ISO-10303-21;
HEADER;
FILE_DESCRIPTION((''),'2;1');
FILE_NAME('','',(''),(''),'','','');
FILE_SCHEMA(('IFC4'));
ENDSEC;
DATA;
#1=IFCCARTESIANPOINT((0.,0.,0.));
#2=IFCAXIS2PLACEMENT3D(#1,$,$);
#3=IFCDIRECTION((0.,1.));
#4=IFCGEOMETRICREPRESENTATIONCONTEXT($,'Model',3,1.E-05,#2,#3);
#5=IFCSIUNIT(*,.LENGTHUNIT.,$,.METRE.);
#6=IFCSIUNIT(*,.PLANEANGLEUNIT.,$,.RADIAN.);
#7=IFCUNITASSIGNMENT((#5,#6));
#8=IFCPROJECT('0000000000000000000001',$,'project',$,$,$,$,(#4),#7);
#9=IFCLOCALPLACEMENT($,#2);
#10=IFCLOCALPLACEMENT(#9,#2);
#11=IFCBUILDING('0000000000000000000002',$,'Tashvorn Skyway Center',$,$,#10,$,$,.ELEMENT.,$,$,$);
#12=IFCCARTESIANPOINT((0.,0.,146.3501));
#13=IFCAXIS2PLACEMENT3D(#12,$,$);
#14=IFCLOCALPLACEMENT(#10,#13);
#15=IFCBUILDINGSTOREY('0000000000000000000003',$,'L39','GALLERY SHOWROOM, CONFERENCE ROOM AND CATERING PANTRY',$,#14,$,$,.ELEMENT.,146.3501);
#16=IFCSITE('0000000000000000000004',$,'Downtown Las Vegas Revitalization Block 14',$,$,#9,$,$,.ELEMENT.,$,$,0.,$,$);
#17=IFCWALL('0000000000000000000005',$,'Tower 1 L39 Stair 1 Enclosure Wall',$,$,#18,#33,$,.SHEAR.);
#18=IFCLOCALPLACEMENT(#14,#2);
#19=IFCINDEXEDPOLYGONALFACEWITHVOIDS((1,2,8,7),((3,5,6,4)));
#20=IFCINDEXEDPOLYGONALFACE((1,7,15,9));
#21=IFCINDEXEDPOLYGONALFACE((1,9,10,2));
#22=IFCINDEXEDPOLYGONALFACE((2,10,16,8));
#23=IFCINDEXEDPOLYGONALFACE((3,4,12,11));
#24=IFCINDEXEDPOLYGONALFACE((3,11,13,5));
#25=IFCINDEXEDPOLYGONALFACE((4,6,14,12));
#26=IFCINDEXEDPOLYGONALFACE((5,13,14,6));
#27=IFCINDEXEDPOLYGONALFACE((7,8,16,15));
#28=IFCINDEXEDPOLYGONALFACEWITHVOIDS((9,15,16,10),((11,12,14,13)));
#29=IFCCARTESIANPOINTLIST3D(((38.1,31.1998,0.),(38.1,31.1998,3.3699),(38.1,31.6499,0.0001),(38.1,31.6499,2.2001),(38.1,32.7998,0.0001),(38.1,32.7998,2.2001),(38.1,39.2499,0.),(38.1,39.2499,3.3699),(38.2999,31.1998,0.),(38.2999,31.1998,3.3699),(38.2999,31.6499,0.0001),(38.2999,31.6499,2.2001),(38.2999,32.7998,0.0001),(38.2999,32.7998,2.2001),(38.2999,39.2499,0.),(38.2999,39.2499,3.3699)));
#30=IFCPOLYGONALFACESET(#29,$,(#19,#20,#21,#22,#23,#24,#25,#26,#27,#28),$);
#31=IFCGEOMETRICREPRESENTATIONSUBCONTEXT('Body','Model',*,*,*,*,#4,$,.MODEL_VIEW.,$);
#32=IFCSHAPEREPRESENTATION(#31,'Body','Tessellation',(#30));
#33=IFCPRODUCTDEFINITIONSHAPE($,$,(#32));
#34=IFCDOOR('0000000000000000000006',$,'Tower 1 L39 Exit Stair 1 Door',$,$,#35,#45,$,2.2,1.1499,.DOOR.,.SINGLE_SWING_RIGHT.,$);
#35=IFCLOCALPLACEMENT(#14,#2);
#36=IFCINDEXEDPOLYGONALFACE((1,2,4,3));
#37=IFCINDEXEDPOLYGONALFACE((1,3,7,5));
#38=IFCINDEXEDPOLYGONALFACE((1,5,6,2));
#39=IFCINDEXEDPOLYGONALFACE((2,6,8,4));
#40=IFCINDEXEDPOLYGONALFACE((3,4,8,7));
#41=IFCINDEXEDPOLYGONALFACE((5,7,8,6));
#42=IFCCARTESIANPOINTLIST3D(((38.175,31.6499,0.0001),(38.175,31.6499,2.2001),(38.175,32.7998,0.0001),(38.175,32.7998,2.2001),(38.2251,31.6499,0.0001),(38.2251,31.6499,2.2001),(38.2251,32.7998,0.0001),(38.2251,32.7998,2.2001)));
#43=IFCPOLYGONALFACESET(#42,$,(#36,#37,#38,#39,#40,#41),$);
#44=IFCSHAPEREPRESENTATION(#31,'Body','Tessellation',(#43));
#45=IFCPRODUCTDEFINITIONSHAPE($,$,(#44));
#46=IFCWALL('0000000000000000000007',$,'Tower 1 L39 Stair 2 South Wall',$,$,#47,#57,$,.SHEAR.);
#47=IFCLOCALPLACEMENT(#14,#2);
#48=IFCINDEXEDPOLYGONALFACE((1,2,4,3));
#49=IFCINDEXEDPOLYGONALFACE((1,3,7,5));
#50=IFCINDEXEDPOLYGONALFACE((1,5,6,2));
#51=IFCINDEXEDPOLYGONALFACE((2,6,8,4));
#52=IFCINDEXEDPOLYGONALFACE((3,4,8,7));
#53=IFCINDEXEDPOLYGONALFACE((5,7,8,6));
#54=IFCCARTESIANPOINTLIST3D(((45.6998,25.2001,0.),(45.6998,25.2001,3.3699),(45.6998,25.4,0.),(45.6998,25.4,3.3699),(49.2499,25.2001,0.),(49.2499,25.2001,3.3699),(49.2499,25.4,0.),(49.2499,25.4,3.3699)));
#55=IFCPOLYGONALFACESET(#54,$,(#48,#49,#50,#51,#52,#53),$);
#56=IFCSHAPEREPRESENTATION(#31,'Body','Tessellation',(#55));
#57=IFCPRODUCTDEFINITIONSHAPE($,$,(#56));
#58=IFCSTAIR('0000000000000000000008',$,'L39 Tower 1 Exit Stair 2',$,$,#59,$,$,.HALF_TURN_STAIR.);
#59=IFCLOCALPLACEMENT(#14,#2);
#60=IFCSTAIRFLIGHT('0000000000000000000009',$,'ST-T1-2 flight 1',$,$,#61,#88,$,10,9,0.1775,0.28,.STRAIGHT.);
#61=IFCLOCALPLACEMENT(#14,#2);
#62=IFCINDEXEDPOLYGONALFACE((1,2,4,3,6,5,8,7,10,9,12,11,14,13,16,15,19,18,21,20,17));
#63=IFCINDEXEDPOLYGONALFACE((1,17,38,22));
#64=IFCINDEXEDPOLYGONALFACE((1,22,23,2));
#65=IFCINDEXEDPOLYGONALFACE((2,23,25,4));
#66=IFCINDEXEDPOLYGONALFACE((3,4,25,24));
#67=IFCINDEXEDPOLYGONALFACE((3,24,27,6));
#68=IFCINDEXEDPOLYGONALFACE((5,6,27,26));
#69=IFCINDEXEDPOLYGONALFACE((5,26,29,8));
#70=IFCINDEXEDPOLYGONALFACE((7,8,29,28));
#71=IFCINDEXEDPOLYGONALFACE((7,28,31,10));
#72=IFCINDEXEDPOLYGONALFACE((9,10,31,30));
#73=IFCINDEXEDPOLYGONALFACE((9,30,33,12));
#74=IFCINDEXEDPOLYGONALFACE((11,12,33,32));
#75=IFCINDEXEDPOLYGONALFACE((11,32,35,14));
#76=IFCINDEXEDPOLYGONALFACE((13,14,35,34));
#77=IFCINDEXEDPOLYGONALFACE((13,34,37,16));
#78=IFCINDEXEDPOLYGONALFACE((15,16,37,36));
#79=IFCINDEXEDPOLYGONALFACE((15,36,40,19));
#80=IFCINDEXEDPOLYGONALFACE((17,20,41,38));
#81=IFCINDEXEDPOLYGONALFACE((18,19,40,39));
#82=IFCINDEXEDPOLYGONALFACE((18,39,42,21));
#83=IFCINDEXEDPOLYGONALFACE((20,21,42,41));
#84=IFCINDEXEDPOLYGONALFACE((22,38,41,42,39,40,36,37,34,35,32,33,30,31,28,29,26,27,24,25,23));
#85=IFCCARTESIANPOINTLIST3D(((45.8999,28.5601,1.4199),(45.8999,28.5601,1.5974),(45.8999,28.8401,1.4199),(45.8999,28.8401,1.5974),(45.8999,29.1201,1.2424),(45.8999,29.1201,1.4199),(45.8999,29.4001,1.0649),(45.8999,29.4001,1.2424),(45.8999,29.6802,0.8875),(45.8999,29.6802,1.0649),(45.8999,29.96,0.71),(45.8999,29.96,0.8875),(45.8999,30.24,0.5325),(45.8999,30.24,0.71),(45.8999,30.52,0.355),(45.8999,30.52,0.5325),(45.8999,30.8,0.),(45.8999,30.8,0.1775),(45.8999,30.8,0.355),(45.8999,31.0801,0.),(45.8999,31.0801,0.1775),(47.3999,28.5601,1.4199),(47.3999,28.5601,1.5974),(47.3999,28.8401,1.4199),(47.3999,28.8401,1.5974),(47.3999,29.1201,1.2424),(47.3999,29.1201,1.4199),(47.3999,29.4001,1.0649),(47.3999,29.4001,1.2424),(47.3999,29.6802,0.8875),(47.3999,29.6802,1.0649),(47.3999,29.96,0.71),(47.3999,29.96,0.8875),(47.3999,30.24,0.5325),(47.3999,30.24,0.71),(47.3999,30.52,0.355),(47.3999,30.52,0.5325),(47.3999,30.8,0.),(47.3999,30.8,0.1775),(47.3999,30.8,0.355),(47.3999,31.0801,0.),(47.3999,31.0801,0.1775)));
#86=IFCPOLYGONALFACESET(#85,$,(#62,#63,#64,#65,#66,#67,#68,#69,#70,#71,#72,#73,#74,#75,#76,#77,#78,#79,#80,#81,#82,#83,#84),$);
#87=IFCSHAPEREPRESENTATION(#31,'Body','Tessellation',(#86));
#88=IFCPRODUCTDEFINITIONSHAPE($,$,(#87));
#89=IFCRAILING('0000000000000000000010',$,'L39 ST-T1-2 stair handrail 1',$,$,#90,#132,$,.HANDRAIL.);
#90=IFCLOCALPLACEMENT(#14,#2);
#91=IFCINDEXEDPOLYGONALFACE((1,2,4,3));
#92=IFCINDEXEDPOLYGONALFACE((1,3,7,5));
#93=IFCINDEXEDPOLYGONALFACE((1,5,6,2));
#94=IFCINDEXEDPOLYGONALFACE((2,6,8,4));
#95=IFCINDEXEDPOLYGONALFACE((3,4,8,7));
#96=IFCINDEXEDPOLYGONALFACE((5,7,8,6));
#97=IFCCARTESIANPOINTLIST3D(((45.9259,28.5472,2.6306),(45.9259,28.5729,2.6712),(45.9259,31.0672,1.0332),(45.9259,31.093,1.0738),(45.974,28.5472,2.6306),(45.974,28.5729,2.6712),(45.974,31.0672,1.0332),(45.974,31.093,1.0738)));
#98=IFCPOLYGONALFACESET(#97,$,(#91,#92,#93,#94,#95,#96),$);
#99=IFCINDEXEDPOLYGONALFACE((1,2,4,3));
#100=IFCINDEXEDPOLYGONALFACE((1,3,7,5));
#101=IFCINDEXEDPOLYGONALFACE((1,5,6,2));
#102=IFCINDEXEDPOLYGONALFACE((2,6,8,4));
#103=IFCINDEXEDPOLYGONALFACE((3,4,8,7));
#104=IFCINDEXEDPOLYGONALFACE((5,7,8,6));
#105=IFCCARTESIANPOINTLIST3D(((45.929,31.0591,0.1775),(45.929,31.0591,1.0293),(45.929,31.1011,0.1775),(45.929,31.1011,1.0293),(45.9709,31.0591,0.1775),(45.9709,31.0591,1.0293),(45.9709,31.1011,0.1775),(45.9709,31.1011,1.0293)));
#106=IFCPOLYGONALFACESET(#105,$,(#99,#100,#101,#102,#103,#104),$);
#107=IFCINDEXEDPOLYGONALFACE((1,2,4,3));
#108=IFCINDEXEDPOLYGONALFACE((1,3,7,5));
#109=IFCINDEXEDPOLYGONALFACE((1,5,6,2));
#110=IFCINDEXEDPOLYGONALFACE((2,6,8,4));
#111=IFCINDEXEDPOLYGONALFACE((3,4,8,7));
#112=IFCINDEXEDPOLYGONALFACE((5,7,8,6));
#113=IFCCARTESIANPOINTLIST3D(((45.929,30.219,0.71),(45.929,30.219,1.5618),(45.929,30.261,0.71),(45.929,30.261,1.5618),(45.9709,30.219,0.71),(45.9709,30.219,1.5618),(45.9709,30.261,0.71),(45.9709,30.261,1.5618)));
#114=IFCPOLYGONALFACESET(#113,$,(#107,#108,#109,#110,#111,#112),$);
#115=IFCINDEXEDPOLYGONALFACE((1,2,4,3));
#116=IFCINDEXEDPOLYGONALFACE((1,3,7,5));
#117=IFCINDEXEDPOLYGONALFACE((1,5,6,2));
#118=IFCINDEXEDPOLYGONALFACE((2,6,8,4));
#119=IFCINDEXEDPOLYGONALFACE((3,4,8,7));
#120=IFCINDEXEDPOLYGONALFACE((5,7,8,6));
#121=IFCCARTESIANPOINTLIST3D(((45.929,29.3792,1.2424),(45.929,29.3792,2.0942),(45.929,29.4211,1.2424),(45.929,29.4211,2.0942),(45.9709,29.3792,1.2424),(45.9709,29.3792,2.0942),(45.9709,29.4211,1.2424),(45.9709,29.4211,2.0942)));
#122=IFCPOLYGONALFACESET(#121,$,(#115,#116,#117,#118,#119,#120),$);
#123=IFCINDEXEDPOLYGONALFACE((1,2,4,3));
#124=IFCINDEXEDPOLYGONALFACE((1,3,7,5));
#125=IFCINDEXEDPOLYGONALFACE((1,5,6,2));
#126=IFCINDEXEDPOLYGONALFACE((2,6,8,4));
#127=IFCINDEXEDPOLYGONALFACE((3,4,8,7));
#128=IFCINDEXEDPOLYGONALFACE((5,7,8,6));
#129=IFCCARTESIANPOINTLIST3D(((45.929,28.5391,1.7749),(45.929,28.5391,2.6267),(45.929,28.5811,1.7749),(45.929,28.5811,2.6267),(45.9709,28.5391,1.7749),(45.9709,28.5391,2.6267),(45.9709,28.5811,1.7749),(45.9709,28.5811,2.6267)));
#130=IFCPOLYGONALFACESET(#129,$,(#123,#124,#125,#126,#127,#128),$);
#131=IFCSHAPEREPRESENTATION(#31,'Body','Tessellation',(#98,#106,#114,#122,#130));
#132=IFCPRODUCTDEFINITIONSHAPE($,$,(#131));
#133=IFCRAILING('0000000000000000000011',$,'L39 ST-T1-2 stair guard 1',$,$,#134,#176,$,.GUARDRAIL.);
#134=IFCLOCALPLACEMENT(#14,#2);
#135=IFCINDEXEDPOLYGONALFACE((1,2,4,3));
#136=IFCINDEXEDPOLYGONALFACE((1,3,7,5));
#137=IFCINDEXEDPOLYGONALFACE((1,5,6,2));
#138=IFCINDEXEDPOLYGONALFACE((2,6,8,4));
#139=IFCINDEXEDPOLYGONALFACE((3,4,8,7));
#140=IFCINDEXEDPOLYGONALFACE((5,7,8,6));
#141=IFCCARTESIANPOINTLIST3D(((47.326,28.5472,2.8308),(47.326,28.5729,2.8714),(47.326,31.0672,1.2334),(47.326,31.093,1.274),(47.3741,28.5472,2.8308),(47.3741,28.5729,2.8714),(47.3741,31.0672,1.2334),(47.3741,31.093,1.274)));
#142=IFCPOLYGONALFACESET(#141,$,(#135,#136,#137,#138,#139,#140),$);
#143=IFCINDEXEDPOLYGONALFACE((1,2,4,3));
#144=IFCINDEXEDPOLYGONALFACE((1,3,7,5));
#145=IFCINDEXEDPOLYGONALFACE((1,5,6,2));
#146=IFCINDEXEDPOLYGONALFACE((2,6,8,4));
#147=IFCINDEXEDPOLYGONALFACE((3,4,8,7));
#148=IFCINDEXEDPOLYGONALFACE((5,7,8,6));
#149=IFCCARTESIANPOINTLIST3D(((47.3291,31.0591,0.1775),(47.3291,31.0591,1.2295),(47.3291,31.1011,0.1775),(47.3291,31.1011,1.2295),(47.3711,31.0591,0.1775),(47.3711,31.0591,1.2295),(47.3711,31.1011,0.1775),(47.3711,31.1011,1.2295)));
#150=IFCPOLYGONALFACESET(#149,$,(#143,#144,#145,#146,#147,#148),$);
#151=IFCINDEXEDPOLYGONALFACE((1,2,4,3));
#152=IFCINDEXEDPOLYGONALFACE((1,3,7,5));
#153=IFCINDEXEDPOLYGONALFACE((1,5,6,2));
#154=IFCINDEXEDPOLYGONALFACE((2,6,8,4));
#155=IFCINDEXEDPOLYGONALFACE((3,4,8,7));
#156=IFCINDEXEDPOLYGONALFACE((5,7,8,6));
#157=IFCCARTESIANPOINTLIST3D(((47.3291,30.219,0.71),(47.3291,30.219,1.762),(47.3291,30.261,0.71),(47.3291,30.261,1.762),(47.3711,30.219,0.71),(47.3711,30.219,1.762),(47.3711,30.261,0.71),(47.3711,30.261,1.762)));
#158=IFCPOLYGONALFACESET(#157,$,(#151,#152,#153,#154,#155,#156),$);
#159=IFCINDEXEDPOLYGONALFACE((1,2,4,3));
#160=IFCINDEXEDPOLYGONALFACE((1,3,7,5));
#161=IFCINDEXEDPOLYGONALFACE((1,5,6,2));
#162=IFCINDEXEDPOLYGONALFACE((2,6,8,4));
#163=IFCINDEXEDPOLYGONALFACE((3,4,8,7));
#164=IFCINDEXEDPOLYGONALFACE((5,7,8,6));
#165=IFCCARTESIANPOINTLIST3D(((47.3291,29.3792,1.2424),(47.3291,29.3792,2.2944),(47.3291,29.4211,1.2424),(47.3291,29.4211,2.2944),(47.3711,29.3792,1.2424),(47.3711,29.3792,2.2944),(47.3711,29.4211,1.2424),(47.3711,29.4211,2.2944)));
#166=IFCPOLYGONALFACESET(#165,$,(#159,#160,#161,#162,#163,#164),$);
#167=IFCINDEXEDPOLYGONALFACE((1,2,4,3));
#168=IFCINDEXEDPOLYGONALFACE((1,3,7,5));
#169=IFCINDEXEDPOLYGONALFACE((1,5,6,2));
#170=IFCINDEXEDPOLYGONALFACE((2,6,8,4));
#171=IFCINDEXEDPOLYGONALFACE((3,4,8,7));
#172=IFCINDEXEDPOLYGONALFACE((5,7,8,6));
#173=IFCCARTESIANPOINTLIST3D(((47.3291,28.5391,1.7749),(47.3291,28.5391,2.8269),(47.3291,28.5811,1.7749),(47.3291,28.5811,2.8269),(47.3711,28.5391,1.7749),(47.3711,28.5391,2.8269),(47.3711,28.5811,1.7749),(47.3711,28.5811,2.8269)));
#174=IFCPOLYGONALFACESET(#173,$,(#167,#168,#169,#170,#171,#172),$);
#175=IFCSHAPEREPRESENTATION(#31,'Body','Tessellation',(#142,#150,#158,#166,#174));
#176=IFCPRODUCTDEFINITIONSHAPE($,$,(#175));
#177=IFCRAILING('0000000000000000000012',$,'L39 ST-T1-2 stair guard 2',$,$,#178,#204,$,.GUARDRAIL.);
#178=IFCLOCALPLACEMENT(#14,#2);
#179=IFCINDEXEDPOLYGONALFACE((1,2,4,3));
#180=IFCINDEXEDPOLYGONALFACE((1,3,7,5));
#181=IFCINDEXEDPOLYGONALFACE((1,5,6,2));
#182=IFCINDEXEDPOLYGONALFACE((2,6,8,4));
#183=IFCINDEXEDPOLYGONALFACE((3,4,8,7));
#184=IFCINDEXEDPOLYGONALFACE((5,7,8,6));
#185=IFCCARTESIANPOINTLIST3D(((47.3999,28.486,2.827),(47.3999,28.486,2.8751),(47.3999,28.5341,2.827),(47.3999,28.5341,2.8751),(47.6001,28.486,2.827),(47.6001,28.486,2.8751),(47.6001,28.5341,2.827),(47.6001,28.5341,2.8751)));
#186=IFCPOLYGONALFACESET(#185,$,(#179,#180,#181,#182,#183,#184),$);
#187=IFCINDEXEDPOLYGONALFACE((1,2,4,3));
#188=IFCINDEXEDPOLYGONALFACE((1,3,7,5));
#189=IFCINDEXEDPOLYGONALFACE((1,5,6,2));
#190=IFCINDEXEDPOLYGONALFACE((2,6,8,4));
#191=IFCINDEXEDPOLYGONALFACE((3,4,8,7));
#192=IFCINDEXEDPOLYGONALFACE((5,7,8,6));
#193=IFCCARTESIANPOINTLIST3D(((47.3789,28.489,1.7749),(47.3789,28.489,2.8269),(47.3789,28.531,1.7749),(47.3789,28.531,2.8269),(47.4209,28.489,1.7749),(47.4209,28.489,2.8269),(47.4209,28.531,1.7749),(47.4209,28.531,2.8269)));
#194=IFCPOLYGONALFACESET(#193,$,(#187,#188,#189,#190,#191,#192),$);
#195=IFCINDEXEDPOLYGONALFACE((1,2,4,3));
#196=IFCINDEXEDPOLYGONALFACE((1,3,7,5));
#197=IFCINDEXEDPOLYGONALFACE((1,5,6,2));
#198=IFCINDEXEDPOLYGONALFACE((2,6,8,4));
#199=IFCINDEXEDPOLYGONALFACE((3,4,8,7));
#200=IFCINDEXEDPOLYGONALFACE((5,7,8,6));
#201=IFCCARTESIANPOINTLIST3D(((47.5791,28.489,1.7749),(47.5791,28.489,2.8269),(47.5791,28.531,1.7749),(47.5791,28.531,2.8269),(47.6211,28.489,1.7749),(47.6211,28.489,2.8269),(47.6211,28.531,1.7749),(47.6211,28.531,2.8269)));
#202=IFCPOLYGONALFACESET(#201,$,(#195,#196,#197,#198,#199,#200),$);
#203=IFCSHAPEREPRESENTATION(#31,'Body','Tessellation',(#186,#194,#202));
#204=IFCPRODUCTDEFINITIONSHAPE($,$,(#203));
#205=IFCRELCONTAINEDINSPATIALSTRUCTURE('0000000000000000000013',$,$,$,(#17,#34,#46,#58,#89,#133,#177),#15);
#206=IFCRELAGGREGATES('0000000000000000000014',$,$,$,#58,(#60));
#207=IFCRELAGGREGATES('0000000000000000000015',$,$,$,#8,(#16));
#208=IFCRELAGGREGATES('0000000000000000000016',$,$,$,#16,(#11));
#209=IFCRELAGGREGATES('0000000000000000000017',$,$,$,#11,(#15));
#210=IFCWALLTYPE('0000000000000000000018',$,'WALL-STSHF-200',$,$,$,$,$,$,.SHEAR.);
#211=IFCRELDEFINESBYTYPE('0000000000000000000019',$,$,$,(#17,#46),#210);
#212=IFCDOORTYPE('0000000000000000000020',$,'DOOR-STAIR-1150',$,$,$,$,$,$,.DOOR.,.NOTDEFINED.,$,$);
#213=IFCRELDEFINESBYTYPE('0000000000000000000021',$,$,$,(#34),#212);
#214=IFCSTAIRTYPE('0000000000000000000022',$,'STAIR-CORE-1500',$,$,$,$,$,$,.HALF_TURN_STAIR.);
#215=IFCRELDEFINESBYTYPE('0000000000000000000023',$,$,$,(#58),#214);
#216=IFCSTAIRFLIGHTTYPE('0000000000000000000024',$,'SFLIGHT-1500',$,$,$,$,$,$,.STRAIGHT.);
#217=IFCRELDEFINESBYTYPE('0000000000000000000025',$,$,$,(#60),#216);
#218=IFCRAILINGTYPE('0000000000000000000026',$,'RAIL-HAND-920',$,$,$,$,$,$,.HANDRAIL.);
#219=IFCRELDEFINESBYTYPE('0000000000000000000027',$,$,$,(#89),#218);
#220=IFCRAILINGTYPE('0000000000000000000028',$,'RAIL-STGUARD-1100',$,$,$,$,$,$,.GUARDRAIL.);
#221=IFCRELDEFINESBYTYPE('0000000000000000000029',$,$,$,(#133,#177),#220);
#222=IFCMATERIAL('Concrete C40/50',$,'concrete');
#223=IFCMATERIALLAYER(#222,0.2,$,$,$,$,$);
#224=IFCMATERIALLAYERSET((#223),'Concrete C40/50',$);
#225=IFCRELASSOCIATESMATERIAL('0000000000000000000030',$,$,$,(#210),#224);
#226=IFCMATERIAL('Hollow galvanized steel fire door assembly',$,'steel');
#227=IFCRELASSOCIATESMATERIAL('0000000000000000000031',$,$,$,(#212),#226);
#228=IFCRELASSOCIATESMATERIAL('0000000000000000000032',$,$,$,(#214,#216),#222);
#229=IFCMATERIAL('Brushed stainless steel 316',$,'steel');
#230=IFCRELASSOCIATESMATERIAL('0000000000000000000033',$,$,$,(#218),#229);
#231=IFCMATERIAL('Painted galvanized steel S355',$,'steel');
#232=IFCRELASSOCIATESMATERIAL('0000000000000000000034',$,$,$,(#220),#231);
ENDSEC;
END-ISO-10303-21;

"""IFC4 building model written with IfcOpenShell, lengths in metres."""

from ifc_helpers import new_model, si_unit, direction, frame, frame_2d, origin, origin_2d, place, context, subcontext, project, spatial, polyline, rectangle, outline, extrude, material, layer, layer_set, type_object, element, fill, aggregate, save


model = new_model("IFC4")

# Units and contexts
model_context = context("Model", 3, precision=1e-05, world=origin(), true_north=direction((0.0, 1.0)))
body_context = subcontext(model_context, "Body", "Model", "MODEL_VIEW")
ifc_project = project(units=[si_unit("LENGTHUNIT", "METRE"), si_unit("PLANEANGLEUNIT", "RADIAN")], contexts=[model_context])

# Site, building, storey
site_placement = place(None, origin())
site = spatial("IfcSite", under=ifc_project, at=site_placement, Name="Downtown Las Vegas Revitalization Block 14", CompositionType="ELEMENT", RefElevation=0.0)
building_placement = place(site_placement, origin())
building = spatial("IfcBuilding", under=site, at=building_placement, Name="Tashvorn Skyway Center", CompositionType="ELEMENT")
storey_placement = place(building_placement, frame((0.0, 0.0, 146.3501)))
storey = spatial("IfcBuildingStorey", under=building, at=storey_placement, Name="L39", Description="GALLERY SHOWROOM, CONFERENCE ROOM AND CATERING PANTRY", CompositionType="ELEMENT", Elevation=146.3501)

# Shared definitions
ifc_material_1 = material(Name="Concrete C40/50", Category="concrete")
ifc_material_2 = material(Name="Hollow galvanized steel fire door assembly", Category="steel")

# Wall, opening, door
ifc_layer_1 = layer(ifc_material_1, 0.2)
ifc_layer_set_1 = layer_set([ifc_layer_1], Name="Concrete C40/50")
wall_type_1 = type_object("IfcWallType", Name="WALL-STSHF-200", PredefinedType="SHEAR", material=ifc_layer_set_1)
wall_1_placement = place(storey_placement, frame((38.2, 31.2, 0.0), z_axis=(0.0, 0.0, 1.0), x_axis=(0.0, 1.0, 0.0)))
wall_1 = element("IfcWall", 1, at=wall_1_placement, inside=storey, type_object=wall_type_1, Name="Tower 1 L39 Stair 1 Enclosure Wall", PredefinedType="SHEAR", context=body_context, shape_type="SweptSolid", body=[
    extrude(rectangle(XDim=8.05, YDim=0.2, at=frame_2d((4.0249, 0.0))), origin(), (0.0, 0.0, 1.0), 3.3699),
])
opening_1_placement = place(wall_1_placement, frame((0.45, 0.0, 0.0)))
opening_1 = element("IfcOpeningElement", 2, at=opening_1_placement, cuts=wall_1, PredefinedType="OPENING", context=body_context, shape_type="SweptSolid", body=[
    extrude(rectangle(XDim=1.1499, YDim=2.2, at=frame_2d((0.575, 1.1001))), frame((0.0, 0.1099, 0.0), z_axis=(0.0, -1.0, 0.0), x_axis=(1.0, 0.0, 0.0)), (0.0, 0.0, 1.0), 0.22),
])
door_type_1 = type_object("IfcDoorType", Name="DOOR-STAIR-1150", OperationType="NOTDEFINED", PredefinedType="DOOR", material=ifc_material_2)
door_1_placement = place(opening_1_placement, origin())
door_1 = element("IfcDoor", 3, at=door_1_placement, inside=storey, type_object=door_type_1, Name="Tower 1 L39 Exit Stair 1 Door", OperationType="SINGLE_SWING_RIGHT", OverallHeight=2.2, OverallWidth=1.1499, PredefinedType="DOOR", context=body_context, shape_type="SweptSolid", body=[
    extrude(rectangle(XDim=1.1499, YDim=2.2, at=frame_2d((0.575, 1.1001))), frame((0.0, 0.0249, 0.0), z_axis=(0.0, -1.0, 0.0), x_axis=(1.0, 0.0, 0.0)), (0.0, 0.0, 1.0), 0.05),
])
fill(opening_1, door_1)

# Wall
wall_2_placement = place(storey_placement, frame((45.7, 25.3, 0.0), z_axis=(0.0, 0.0, 1.0), x_axis=(1.0, 0.0, 0.0)))
element("IfcWall", 4, at=wall_2_placement, inside=storey, type_object=wall_type_1, Name="Tower 1 L39 Stair 2 South Wall", PredefinedType="SHEAR", context=body_context, shape_type="SweptSolid", body=[
    extrude(rectangle(XDim=3.55, YDim=0.2, at=frame_2d((1.7749, 0.0))), origin(), (0.0, 0.0, 1.0), 3.3699),
])

# Stair, stair flight
stair_type = type_object("IfcStairType", Name="STAIR-CORE-1500", PredefinedType="HALF_TURN_STAIR", material=ifc_material_1)
stair_placement = place(storey_placement, origin())
stair = element("IfcStair", 5, at=stair_placement, inside=storey, type_object=stair_type, Name="L39 Tower 1 Exit Stair 2", PredefinedType="HALF_TURN_STAIR")
stair_flight_type = type_object("IfcStairFlightType", Name="SFLIGHT-1500", PredefinedType="STRAIGHT", material=ifc_material_1)
stair_flight_placement = place(storey_placement, frame((46.6499, 31.0801, 0.0), z_axis=(0.0, 0.0, 1.0), x_axis=(0.0, -1.0, 0.0)))
stair_flight = element("IfcStairFlight", 6, at=stair_flight_placement, type_object=stair_flight_type, Name="ST-T1-2 flight 1", NumberOfRisers=10, NumberOfTreads=9, PredefinedType="STRAIGHT", RiserHeight=0.1775, TreadLength=0.28, context=body_context, shape_type="SweptSolid", body=[
    extrude(outline(polyline([(0.0, 0.0), (0.0, 0.1775), (0.28, 0.1775), (0.28, 0.355), (0.5601, 0.355), (0.5601, 0.5325), (0.8401, 0.5325), (0.8401, 0.71), (1.1201, 0.71), (1.1201, 0.8875), (1.3999, 0.8875), (1.3999, 1.0649), (1.6799, 1.0649), (1.6799, 1.2424), (1.96, 1.2424), (1.96, 1.4199), (2.24, 1.4199), (2.24, 1.5974), (2.52, 1.5974), (2.52, 1.7749), (2.52, 1.4199), (0.28, 0.0), (0.0, 0.0)])), frame((0.0, 0.75, 0.0), z_axis=(0.0, -1.0, 0.0), x_axis=(1.0, 0.0, 0.0)), (0.0, 0.0, 1.0), 1.5),
])
aggregate(stair, [stair_flight])

# Railings
ifc_material_3 = material(Name="Brushed stainless steel 316", Category="steel")
railing_type_1 = type_object("IfcRailingType", Name="RAIL-HAND-920", PredefinedType="HANDRAIL", material=ifc_material_3)
railing_1_placement = place(storey_placement, frame((45.95, 31.0801, 0.1775)))
element("IfcRailing", 7, at=railing_1_placement, inside=storey, type_object=railing_type_1, Name="L39 ST-T1-2 stair handrail 1", PredefinedType="HANDRAIL", context=body_context, shape_type="SweptSolid", body=[
    extrude(rectangle(XDim=0.0481, YDim=0.0481, at=origin_2d()), frame((0.0, 0.0, 0.876), z_axis=(0.0, -0.844607, 0.535387), x_axis=(1.0, 0.0, 0.0)), (0.0, 0.0, 1.0), 2.9836),
    extrude(rectangle(XDim=0.042, YDim=0.042, at=origin_2d()), origin(), (0.0, 0.0, 1.0), 0.8518),
    extrude(rectangle(XDim=0.042, YDim=0.042, at=origin_2d()), frame((0.0, -0.8401, 0.5325)), (0.0, 0.0, 1.0), 0.8518),
    extrude(rectangle(XDim=0.042, YDim=0.042, at=origin_2d()), frame((0.0, -1.6799, 1.0649)), (0.0, 0.0, 1.0), 0.8518),
    extrude(rectangle(XDim=0.042, YDim=0.042, at=origin_2d()), frame((0.0, -2.52, 1.5974)), (0.0, 0.0, 1.0), 0.8518),
])
ifc_material_4 = material(Name="Painted galvanized steel S355", Category="steel")
railing_type_2 = type_object("IfcRailingType", Name="RAIL-STGUARD-1100", PredefinedType="GUARDRAIL", material=ifc_material_4)
railing_2_placement = place(storey_placement, frame((47.3501, 31.0801, 0.1775)))
element("IfcRailing", 8, at=railing_2_placement, inside=storey, type_object=railing_type_2, Name="L39 ST-T1-2 stair guard 1", PredefinedType="GUARDRAIL", context=body_context, shape_type="SweptSolid", body=[
    extrude(rectangle(XDim=0.0481, YDim=0.0481, at=origin_2d()), frame((0.0, 0.0, 1.0762), z_axis=(0.0, -0.844607, 0.535387), x_axis=(1.0, 0.0, 0.0)), (0.0, 0.0, 1.0), 2.9836),
    extrude(rectangle(XDim=0.042, YDim=0.042, at=origin_2d()), origin(), (0.0, 0.0, 1.0), 1.052),
    extrude(rectangle(XDim=0.042, YDim=0.042, at=origin_2d()), frame((0.0, -0.8401, 0.5325)), (0.0, 0.0, 1.0), 1.052),
    extrude(rectangle(XDim=0.042, YDim=0.042, at=origin_2d()), frame((0.0, -1.6799, 1.0649)), (0.0, 0.0, 1.0), 1.052),
    extrude(rectangle(XDim=0.042, YDim=0.042, at=origin_2d()), frame((0.0, -2.52, 1.5974)), (0.0, 0.0, 1.0), 1.052),
])
for number, where, name in (
    (9, (47.3999, 28.51, 1.7749), "L39 ST-T1-2 stair guard 2"),
):
    element("IfcRailing", number, at=place(storey_placement, frame(where)), inside=storey, type_object=railing_type_2, Name=name, PredefinedType="GUARDRAIL", context=body_context, shape_type="SweptSolid", body=[
        extrude(rectangle(XDim=0.0481, YDim=0.0481, at=origin_2d()), frame((0.0, 0.0, 1.0762), z_axis=(1.0, 0.0, 0.0), x_axis=(0.0, 1.0, 0.0)), (0.0, 0.0, 1.0), 0.2002),
        extrude(rectangle(XDim=0.042, YDim=0.042, at=origin_2d()), origin(), (0.0, 0.0, 1.0), 1.052),
        extrude(rectangle(XDim=0.042, YDim=0.042, at=origin_2d()), frame((0.2002, 0.0, 0.0)), (0.0, 0.0, 1.0), 1.052),
    ])

save(model, "model.ifc")
